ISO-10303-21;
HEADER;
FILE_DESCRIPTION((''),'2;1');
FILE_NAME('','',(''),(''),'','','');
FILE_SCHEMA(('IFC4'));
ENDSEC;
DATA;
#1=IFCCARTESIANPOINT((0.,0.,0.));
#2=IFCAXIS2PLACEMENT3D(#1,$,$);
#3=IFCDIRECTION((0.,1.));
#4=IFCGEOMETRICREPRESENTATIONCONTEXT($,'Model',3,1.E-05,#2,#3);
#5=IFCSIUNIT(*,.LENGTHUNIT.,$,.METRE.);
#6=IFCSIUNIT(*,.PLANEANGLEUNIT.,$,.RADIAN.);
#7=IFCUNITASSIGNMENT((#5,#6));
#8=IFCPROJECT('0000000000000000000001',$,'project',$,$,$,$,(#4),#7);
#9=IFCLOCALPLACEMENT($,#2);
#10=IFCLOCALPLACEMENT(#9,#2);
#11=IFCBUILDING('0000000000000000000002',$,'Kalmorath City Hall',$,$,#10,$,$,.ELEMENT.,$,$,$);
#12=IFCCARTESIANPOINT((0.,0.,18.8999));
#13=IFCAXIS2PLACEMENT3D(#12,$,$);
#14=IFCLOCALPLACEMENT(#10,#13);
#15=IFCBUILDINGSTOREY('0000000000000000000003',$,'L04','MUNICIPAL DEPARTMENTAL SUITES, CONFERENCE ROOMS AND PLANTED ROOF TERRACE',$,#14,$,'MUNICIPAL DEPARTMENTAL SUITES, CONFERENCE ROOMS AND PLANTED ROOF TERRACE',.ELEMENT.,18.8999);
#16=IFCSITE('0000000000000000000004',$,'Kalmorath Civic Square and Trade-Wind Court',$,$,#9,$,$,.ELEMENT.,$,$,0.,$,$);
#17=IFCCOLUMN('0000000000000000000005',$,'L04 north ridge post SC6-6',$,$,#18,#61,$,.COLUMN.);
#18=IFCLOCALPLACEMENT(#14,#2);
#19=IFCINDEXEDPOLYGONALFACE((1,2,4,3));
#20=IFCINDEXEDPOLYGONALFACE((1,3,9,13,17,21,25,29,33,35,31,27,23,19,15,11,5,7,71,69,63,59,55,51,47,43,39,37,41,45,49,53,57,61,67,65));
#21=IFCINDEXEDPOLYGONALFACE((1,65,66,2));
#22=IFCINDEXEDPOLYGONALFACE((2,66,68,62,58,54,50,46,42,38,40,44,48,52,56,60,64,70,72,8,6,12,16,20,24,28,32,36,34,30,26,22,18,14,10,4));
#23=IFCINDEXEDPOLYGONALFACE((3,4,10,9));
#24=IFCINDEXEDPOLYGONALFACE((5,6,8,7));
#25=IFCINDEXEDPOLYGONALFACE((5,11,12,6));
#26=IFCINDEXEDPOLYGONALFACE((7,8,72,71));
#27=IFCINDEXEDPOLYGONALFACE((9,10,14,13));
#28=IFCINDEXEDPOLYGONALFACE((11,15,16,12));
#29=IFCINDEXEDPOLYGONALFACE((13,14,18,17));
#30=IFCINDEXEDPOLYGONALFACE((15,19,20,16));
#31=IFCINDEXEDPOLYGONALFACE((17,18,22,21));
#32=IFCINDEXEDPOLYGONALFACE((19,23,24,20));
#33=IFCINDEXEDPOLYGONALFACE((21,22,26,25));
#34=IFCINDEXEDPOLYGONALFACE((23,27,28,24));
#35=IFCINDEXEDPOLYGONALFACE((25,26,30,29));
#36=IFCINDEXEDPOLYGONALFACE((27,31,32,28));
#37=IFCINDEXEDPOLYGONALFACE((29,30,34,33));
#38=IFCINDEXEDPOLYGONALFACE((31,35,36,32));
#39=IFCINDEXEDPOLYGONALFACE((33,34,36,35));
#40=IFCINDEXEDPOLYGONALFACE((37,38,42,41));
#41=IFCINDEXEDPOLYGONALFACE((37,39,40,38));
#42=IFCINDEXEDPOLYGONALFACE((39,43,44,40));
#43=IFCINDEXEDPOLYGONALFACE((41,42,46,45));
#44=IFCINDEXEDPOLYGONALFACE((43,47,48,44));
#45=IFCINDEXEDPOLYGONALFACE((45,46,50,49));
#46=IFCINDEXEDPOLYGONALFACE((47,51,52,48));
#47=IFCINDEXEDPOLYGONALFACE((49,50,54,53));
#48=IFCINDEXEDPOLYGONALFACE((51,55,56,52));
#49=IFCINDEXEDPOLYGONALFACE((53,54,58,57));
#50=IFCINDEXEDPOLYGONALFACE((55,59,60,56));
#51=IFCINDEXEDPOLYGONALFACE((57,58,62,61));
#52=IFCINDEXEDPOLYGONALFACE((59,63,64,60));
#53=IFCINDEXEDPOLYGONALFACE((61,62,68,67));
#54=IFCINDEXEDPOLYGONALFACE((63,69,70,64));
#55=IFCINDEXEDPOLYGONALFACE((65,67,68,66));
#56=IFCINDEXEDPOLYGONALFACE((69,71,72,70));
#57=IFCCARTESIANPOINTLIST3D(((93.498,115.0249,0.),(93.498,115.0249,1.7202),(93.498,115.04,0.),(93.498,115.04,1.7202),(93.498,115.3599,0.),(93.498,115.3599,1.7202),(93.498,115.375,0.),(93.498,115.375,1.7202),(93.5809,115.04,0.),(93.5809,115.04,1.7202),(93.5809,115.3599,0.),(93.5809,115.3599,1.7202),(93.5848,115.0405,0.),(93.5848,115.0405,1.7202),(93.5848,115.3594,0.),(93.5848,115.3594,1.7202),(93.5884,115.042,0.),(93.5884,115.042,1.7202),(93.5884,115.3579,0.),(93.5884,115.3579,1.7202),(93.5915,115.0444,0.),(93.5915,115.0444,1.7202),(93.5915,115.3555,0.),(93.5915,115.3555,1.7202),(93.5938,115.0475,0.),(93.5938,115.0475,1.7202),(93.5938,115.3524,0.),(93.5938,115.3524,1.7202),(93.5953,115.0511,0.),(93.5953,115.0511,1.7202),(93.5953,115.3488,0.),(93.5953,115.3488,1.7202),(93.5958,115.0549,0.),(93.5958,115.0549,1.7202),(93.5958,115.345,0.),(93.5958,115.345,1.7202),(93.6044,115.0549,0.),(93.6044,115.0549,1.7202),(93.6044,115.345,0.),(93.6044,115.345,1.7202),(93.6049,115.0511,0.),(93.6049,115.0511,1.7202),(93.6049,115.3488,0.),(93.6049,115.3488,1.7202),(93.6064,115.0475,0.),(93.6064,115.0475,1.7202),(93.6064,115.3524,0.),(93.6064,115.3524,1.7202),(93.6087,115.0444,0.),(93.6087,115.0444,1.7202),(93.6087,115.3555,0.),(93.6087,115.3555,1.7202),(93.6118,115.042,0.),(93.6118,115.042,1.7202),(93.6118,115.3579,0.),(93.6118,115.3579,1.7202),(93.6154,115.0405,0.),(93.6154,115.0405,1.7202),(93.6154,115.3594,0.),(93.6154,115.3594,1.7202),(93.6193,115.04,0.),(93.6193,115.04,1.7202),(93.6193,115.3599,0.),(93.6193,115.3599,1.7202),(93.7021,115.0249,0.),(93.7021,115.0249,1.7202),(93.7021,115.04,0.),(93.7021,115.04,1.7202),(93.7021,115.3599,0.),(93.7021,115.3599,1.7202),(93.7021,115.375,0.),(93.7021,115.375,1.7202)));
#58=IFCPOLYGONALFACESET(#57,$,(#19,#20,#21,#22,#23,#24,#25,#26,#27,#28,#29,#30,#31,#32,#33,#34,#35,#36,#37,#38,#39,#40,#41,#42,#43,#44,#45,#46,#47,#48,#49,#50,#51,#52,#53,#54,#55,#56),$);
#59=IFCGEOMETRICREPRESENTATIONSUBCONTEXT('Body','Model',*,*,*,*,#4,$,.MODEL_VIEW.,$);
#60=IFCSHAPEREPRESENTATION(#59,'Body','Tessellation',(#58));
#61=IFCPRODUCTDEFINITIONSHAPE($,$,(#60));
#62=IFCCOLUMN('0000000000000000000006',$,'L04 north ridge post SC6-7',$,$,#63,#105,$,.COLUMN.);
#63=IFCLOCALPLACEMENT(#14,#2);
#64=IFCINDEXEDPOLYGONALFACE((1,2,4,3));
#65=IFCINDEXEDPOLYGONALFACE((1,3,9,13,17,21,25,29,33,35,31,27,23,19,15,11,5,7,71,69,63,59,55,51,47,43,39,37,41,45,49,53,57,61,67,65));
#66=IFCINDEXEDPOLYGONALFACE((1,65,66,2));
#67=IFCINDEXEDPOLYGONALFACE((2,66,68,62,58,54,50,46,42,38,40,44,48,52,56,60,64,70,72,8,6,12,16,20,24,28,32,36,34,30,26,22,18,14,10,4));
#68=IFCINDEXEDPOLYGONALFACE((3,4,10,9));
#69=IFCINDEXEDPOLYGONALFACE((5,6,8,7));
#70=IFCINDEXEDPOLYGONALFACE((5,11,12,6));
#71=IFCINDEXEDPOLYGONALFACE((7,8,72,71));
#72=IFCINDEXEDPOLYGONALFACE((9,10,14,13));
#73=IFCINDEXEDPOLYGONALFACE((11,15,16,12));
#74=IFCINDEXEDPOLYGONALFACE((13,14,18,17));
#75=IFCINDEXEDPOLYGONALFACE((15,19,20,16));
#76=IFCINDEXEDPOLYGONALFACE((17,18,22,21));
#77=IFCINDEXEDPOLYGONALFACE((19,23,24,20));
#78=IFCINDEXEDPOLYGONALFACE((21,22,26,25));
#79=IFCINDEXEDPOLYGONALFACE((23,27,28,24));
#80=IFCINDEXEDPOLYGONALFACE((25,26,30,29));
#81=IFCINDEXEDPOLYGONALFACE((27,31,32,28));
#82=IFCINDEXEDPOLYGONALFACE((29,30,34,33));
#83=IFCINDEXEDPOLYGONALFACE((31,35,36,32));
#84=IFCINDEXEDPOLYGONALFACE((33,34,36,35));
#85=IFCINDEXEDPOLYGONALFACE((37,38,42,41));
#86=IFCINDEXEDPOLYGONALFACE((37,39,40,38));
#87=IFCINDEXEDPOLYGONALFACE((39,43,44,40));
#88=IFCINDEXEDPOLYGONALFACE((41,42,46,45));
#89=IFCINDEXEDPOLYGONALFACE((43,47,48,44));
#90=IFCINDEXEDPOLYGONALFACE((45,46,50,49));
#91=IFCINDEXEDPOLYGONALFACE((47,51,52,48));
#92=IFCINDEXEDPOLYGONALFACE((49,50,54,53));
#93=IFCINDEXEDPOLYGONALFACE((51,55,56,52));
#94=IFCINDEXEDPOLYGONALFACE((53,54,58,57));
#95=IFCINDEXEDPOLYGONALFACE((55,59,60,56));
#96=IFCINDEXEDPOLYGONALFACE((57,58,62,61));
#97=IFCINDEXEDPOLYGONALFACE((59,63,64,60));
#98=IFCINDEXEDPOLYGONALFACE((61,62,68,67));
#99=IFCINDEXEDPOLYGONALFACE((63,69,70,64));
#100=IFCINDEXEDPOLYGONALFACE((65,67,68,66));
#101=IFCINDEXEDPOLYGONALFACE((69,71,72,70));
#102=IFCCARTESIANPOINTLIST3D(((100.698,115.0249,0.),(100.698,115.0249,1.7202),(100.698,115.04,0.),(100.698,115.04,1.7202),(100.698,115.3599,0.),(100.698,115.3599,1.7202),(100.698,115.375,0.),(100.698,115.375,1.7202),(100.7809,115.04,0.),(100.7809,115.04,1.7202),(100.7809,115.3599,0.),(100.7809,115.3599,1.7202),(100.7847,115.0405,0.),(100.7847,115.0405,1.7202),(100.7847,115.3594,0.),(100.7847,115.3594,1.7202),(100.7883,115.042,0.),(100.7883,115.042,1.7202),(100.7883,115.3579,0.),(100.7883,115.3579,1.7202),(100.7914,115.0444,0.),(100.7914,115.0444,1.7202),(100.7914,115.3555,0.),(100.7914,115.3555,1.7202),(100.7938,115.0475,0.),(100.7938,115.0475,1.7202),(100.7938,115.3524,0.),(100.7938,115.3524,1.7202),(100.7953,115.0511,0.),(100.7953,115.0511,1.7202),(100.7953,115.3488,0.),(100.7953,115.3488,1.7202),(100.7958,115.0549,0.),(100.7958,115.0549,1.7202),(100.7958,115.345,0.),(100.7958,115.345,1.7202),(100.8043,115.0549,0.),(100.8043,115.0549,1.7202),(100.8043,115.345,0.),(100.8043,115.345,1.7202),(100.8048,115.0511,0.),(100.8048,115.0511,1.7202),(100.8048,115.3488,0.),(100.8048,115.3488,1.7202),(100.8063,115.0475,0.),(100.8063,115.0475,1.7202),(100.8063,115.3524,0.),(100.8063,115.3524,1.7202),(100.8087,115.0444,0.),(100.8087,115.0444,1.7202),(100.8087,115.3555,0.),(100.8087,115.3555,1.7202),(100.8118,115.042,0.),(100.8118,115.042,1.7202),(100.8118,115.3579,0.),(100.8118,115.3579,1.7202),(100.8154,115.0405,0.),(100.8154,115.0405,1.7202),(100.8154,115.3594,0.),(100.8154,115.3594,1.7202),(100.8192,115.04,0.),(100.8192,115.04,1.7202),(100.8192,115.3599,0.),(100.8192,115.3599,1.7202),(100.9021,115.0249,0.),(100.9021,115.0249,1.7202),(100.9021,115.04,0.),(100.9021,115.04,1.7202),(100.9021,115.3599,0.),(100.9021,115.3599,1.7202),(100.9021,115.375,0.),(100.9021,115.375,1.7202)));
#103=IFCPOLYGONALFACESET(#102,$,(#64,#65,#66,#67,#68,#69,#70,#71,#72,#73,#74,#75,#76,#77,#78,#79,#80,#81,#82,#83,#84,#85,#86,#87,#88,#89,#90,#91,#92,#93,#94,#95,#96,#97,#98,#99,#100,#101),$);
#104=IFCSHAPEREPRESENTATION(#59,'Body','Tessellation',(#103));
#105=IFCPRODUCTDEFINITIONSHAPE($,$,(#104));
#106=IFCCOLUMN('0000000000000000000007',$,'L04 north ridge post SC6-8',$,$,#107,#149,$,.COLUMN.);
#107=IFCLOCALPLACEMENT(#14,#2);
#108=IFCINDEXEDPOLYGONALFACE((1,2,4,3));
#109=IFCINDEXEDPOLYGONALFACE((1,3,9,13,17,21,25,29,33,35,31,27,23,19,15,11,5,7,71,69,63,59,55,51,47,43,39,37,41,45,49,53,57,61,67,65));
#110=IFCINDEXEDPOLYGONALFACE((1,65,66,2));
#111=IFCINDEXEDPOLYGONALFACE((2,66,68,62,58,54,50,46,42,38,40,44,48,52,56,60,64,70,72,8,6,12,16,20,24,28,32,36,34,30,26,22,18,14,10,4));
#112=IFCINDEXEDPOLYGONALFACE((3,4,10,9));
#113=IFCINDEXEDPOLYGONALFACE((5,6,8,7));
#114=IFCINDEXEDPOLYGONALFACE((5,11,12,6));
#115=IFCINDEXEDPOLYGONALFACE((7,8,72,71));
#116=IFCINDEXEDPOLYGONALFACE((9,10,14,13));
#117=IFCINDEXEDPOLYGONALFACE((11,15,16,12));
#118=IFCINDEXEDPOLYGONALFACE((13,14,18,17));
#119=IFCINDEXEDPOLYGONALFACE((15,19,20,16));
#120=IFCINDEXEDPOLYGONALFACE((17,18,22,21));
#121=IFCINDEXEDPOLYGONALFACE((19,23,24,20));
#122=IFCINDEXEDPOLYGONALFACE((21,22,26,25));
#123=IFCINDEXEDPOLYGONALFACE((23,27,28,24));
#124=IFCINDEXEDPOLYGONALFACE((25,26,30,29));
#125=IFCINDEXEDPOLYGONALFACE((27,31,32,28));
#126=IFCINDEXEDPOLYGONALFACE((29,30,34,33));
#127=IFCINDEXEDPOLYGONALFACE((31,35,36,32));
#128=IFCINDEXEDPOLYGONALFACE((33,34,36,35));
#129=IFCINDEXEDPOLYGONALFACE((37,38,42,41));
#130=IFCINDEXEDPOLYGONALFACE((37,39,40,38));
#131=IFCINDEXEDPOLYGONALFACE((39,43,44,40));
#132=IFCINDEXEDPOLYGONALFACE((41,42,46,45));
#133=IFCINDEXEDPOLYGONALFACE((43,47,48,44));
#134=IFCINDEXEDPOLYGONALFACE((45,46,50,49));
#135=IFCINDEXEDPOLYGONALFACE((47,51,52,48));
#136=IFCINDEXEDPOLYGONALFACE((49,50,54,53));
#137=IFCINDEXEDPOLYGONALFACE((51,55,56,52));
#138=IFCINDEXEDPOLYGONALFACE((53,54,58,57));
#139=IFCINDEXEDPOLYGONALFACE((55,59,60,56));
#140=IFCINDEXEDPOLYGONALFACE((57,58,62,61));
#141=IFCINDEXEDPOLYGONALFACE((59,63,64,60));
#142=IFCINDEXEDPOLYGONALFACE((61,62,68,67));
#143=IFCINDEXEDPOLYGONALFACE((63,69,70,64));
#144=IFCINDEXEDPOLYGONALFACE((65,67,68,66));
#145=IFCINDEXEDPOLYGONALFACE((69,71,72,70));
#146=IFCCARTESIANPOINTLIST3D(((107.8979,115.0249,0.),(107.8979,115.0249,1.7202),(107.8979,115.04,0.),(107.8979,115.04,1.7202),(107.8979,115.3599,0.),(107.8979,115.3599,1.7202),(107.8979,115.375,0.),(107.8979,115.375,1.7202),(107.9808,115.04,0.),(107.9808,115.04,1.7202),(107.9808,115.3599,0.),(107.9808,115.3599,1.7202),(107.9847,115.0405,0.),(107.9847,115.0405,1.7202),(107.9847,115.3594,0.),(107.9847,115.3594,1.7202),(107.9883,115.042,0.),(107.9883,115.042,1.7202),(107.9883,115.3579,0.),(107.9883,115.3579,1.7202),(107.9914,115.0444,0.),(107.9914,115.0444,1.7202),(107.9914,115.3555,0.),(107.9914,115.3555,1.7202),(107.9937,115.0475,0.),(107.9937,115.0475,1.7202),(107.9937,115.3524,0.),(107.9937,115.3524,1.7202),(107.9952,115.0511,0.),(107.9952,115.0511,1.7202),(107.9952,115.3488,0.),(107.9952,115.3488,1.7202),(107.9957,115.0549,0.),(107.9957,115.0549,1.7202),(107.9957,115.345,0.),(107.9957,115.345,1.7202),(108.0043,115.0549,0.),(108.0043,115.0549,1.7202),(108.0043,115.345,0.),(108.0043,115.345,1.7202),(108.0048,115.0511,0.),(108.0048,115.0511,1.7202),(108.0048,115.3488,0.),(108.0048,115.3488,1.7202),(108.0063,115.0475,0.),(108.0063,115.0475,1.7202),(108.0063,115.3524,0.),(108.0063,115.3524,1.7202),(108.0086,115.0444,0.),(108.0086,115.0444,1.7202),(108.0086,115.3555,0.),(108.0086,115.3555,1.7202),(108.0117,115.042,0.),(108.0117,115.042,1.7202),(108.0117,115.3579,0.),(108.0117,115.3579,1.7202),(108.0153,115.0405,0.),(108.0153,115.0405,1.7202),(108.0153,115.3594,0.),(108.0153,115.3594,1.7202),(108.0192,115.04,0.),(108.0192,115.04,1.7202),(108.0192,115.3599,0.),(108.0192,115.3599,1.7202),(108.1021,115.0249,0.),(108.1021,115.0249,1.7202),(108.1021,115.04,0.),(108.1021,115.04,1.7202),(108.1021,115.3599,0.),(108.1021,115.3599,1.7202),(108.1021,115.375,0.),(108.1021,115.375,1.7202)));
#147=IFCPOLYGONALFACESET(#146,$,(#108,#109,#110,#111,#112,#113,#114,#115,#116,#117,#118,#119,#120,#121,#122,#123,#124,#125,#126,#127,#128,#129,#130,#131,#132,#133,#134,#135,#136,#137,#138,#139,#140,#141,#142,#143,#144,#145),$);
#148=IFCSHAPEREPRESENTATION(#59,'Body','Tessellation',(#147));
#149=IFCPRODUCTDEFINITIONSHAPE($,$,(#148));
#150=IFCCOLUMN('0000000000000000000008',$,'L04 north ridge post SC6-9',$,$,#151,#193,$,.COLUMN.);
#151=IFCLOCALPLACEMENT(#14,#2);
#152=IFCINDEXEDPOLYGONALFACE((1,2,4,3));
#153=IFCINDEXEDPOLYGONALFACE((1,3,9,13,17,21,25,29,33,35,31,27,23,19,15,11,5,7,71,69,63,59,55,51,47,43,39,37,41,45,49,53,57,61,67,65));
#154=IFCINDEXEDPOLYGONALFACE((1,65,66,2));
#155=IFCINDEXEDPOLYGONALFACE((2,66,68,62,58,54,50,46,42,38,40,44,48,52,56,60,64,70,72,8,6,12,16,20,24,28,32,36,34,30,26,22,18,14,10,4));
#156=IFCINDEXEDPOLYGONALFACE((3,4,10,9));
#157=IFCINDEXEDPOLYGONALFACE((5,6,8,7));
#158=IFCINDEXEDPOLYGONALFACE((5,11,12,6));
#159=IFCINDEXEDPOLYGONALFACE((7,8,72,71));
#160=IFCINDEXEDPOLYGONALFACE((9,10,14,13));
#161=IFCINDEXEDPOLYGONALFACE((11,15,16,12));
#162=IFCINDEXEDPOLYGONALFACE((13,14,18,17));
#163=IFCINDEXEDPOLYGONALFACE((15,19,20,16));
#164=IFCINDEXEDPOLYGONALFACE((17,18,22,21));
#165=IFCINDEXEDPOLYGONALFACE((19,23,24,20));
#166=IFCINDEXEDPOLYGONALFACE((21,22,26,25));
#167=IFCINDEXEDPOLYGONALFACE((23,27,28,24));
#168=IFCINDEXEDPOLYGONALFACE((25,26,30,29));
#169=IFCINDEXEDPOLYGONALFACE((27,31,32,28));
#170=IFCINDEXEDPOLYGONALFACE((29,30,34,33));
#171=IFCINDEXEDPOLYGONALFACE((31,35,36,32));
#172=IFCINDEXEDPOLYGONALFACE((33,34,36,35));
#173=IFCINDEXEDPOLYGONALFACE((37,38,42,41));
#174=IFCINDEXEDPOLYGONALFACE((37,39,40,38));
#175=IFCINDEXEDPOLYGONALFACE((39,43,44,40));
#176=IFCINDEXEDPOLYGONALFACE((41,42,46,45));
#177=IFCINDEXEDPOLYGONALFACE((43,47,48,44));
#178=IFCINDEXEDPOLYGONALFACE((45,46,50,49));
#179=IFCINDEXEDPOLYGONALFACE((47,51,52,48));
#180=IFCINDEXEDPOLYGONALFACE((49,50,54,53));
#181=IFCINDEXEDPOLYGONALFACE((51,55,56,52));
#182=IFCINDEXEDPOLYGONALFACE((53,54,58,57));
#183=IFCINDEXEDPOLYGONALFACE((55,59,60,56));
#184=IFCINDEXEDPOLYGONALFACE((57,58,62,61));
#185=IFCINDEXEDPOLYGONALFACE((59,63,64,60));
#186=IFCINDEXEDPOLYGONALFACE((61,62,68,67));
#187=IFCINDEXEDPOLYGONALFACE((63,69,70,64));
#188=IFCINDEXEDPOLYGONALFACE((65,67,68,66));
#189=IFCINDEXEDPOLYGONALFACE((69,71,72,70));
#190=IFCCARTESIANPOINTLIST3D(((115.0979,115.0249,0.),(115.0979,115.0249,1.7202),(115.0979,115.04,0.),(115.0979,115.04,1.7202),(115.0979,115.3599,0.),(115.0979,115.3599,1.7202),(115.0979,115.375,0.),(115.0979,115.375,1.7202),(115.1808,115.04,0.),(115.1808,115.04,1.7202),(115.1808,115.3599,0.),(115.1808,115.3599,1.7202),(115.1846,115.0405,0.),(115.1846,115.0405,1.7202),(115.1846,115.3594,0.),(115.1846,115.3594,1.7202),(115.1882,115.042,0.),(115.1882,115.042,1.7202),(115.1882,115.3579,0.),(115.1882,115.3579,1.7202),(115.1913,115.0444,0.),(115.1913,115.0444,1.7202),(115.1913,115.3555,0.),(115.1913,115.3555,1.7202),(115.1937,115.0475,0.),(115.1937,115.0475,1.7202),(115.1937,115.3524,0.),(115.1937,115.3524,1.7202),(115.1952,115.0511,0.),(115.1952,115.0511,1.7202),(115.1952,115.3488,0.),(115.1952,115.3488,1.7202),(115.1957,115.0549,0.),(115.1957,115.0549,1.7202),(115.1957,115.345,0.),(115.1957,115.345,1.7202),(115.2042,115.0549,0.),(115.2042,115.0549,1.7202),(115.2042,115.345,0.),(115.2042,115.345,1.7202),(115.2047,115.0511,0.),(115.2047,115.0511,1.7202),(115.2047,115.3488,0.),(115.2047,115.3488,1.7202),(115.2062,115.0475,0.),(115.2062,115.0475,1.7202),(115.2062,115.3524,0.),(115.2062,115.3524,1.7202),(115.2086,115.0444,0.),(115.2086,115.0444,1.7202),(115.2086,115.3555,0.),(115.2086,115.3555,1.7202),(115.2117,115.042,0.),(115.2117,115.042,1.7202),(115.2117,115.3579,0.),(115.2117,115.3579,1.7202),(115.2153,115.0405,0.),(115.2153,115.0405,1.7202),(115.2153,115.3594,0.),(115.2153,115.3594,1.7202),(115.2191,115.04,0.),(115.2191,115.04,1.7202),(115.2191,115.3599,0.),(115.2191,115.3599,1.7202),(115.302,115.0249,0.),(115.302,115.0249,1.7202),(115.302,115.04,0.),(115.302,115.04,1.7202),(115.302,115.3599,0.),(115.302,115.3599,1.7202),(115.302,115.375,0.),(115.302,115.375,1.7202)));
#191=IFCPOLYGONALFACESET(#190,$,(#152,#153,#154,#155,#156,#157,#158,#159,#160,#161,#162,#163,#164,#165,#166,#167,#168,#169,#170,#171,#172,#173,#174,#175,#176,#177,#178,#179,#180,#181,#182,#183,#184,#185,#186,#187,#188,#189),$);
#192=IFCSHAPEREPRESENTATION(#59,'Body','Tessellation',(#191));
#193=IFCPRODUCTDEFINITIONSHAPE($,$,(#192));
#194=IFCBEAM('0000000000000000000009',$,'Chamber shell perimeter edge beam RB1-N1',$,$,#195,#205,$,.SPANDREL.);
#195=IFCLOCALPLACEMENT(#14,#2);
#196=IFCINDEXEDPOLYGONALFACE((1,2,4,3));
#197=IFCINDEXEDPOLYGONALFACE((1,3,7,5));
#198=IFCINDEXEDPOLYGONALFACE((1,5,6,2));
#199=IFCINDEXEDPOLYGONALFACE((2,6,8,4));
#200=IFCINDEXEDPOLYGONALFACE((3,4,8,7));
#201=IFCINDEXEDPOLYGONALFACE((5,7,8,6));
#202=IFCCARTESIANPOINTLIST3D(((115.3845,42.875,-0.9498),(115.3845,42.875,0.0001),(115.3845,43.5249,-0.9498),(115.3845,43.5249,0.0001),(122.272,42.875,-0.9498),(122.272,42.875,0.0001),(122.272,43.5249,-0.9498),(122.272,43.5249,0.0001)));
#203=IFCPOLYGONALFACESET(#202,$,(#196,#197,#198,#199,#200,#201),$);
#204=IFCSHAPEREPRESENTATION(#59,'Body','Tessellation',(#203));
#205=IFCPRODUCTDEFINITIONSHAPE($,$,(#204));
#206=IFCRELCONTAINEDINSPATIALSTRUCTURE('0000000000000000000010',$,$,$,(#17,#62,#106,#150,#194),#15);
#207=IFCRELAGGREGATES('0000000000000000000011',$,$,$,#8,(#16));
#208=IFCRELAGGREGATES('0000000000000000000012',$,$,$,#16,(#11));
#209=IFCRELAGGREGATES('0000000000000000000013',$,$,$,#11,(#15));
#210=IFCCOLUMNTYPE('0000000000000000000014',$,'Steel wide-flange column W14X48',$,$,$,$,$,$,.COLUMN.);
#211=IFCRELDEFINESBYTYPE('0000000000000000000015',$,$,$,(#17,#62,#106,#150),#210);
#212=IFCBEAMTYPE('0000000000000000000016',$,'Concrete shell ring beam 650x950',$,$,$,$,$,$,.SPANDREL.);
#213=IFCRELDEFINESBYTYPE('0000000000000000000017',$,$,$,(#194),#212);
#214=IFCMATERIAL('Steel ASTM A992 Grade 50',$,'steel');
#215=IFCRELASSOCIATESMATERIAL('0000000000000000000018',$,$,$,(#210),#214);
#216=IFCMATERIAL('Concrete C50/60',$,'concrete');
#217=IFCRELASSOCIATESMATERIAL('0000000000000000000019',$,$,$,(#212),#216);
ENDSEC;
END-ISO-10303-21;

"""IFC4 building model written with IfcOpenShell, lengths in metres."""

from ifc_helpers import new_model, si_unit, direction, frame, origin, origin_2d, place, context, subcontext, project, spatial, rectangle, i_section, extrude, material, material_profile, profile_set, type_object, element, save


model = new_model("IFC4")

# Units and contexts
model_context = context("Model", 3, precision=1e-05, world=origin(), true_north=direction((0.0, 1.0)))
body_context = subcontext(model_context, "Body", "Model", "MODEL_VIEW")
ifc_project = project(units=[si_unit("LENGTHUNIT", "METRE"), si_unit("PLANEANGLEUNIT", "RADIAN")], contexts=[model_context])

# Site, building, storey
site_placement = place(None, origin())
site = spatial("IfcSite", under=ifc_project, at=site_placement, Name="Kalmorath Civic Square and Trade-Wind Court", CompositionType="ELEMENT", RefElevation=0.0)
building_placement = place(site_placement, origin())
building = spatial("IfcBuilding", under=site, at=building_placement, Name="Kalmorath City Hall", CompositionType="ELEMENT")
storey_placement = place(building_placement, frame((0.0, 0.0, 18.8999)))
storey = spatial("IfcBuildingStorey", under=building, at=storey_placement, Name="L04", Description="MUNICIPAL DEPARTMENTAL SUITES, CONFERENCE ROOMS AND PLANTED ROOF TERRACE", LongName="MUNICIPAL DEPARTMENTAL SUITES, CONFERENCE ROOMS AND PLANTED ROOF TERRACE", CompositionType="ELEMENT", Elevation=18.8999)

# Columns
ifc_material_1 = material(Name="Steel ASTM A992 Grade 50", Category="steel")
ifc_material_profile_1 = material_profile(ifc_material_1, i_section(OverallWidth=0.2041, OverallDepth=0.3501, WebThickness=0.0085, FlangeThickness=0.0151, FilletRadius=0.0149, at=origin_2d()), Name="W14X48")
ifc_profile_set_1 = profile_set([ifc_material_profile_1], Name="Steel ASTM A992 Grade 50")
column_type = type_object("IfcColumnType", Name="Steel wide-flange column W14X48", PredefinedType="COLUMN", material=ifc_profile_set_1)
for number, where, z_axis, x_axis, name in (
    (1, (93.6001, 115.2, 0.0), (0.0, 0.0, 1.0), (1.0, 0.0, 0.0), "L04 north ridge post SC6-6"),
    (2, (100.8, 115.2, 0.0), (0.0, 0.0, 1.0), (1.0, 0.0, 0.0), "L04 north ridge post SC6-7"),
    (3, (108.0, 115.2, 0.0), (0.0, 0.0, 1.0), (1.0, 0.0, 0.0), "L04 north ridge post SC6-8"),
    (4, (115.2, 115.2, 0.0), (0.0, 0.0, 1.0), (1.0, 0.0, 0.0), "L04 north ridge post SC6-9"),
):
    element("IfcColumn", number, at=place(storey_placement, frame(where, z_axis=z_axis, x_axis=x_axis)), inside=storey, type_object=column_type, Name=name, PredefinedType="COLUMN", context=body_context, shape_type="SweptSolid", body=[
        extrude(i_section(OverallWidth=0.2041, OverallDepth=0.3501, WebThickness=0.0085, FlangeThickness=0.0151, FilletRadius=0.0149, at=origin_2d()), origin(), (0.0, 0.0, 1.0), 1.7202),
    ])

# Beam
ifc_material_2 = material(Name="Concrete C50/60", Category="concrete")
ifc_material_profile_2 = material_profile(ifc_material_2, rectangle(XDim=0.6499, YDim=0.95, at=origin_2d()), Name="RC-RING-650X950")
ifc_profile_set_2 = profile_set([ifc_material_profile_2], Name="Concrete C50/60")
beam_type_1 = type_object("IfcBeamType", Name="Concrete shell ring beam 650x950", PredefinedType="SPANDREL", material=ifc_profile_set_2)
for number, where, z_axis, x_axis, name in (
    (5, (115.3845, 43.2, -0.4749), (1.0, 0.0, 0.0), (0.0, 1.0, 0.0), "Chamber shell perimeter edge beam RB1-N1"),
):
    element("IfcBeam", number, at=place(storey_placement, frame(where, z_axis=z_axis, x_axis=x_axis)), inside=storey, type_object=beam_type_1, Name=name, PredefinedType="SPANDREL", context=body_context, shape_type="SweptSolid", body=[
        extrude(rectangle(XDim=0.6499, YDim=0.95, at=origin_2d()), origin(), (0.0, 0.0, 1.0), 6.8875),
    ])

save(model, "model.ifc")
